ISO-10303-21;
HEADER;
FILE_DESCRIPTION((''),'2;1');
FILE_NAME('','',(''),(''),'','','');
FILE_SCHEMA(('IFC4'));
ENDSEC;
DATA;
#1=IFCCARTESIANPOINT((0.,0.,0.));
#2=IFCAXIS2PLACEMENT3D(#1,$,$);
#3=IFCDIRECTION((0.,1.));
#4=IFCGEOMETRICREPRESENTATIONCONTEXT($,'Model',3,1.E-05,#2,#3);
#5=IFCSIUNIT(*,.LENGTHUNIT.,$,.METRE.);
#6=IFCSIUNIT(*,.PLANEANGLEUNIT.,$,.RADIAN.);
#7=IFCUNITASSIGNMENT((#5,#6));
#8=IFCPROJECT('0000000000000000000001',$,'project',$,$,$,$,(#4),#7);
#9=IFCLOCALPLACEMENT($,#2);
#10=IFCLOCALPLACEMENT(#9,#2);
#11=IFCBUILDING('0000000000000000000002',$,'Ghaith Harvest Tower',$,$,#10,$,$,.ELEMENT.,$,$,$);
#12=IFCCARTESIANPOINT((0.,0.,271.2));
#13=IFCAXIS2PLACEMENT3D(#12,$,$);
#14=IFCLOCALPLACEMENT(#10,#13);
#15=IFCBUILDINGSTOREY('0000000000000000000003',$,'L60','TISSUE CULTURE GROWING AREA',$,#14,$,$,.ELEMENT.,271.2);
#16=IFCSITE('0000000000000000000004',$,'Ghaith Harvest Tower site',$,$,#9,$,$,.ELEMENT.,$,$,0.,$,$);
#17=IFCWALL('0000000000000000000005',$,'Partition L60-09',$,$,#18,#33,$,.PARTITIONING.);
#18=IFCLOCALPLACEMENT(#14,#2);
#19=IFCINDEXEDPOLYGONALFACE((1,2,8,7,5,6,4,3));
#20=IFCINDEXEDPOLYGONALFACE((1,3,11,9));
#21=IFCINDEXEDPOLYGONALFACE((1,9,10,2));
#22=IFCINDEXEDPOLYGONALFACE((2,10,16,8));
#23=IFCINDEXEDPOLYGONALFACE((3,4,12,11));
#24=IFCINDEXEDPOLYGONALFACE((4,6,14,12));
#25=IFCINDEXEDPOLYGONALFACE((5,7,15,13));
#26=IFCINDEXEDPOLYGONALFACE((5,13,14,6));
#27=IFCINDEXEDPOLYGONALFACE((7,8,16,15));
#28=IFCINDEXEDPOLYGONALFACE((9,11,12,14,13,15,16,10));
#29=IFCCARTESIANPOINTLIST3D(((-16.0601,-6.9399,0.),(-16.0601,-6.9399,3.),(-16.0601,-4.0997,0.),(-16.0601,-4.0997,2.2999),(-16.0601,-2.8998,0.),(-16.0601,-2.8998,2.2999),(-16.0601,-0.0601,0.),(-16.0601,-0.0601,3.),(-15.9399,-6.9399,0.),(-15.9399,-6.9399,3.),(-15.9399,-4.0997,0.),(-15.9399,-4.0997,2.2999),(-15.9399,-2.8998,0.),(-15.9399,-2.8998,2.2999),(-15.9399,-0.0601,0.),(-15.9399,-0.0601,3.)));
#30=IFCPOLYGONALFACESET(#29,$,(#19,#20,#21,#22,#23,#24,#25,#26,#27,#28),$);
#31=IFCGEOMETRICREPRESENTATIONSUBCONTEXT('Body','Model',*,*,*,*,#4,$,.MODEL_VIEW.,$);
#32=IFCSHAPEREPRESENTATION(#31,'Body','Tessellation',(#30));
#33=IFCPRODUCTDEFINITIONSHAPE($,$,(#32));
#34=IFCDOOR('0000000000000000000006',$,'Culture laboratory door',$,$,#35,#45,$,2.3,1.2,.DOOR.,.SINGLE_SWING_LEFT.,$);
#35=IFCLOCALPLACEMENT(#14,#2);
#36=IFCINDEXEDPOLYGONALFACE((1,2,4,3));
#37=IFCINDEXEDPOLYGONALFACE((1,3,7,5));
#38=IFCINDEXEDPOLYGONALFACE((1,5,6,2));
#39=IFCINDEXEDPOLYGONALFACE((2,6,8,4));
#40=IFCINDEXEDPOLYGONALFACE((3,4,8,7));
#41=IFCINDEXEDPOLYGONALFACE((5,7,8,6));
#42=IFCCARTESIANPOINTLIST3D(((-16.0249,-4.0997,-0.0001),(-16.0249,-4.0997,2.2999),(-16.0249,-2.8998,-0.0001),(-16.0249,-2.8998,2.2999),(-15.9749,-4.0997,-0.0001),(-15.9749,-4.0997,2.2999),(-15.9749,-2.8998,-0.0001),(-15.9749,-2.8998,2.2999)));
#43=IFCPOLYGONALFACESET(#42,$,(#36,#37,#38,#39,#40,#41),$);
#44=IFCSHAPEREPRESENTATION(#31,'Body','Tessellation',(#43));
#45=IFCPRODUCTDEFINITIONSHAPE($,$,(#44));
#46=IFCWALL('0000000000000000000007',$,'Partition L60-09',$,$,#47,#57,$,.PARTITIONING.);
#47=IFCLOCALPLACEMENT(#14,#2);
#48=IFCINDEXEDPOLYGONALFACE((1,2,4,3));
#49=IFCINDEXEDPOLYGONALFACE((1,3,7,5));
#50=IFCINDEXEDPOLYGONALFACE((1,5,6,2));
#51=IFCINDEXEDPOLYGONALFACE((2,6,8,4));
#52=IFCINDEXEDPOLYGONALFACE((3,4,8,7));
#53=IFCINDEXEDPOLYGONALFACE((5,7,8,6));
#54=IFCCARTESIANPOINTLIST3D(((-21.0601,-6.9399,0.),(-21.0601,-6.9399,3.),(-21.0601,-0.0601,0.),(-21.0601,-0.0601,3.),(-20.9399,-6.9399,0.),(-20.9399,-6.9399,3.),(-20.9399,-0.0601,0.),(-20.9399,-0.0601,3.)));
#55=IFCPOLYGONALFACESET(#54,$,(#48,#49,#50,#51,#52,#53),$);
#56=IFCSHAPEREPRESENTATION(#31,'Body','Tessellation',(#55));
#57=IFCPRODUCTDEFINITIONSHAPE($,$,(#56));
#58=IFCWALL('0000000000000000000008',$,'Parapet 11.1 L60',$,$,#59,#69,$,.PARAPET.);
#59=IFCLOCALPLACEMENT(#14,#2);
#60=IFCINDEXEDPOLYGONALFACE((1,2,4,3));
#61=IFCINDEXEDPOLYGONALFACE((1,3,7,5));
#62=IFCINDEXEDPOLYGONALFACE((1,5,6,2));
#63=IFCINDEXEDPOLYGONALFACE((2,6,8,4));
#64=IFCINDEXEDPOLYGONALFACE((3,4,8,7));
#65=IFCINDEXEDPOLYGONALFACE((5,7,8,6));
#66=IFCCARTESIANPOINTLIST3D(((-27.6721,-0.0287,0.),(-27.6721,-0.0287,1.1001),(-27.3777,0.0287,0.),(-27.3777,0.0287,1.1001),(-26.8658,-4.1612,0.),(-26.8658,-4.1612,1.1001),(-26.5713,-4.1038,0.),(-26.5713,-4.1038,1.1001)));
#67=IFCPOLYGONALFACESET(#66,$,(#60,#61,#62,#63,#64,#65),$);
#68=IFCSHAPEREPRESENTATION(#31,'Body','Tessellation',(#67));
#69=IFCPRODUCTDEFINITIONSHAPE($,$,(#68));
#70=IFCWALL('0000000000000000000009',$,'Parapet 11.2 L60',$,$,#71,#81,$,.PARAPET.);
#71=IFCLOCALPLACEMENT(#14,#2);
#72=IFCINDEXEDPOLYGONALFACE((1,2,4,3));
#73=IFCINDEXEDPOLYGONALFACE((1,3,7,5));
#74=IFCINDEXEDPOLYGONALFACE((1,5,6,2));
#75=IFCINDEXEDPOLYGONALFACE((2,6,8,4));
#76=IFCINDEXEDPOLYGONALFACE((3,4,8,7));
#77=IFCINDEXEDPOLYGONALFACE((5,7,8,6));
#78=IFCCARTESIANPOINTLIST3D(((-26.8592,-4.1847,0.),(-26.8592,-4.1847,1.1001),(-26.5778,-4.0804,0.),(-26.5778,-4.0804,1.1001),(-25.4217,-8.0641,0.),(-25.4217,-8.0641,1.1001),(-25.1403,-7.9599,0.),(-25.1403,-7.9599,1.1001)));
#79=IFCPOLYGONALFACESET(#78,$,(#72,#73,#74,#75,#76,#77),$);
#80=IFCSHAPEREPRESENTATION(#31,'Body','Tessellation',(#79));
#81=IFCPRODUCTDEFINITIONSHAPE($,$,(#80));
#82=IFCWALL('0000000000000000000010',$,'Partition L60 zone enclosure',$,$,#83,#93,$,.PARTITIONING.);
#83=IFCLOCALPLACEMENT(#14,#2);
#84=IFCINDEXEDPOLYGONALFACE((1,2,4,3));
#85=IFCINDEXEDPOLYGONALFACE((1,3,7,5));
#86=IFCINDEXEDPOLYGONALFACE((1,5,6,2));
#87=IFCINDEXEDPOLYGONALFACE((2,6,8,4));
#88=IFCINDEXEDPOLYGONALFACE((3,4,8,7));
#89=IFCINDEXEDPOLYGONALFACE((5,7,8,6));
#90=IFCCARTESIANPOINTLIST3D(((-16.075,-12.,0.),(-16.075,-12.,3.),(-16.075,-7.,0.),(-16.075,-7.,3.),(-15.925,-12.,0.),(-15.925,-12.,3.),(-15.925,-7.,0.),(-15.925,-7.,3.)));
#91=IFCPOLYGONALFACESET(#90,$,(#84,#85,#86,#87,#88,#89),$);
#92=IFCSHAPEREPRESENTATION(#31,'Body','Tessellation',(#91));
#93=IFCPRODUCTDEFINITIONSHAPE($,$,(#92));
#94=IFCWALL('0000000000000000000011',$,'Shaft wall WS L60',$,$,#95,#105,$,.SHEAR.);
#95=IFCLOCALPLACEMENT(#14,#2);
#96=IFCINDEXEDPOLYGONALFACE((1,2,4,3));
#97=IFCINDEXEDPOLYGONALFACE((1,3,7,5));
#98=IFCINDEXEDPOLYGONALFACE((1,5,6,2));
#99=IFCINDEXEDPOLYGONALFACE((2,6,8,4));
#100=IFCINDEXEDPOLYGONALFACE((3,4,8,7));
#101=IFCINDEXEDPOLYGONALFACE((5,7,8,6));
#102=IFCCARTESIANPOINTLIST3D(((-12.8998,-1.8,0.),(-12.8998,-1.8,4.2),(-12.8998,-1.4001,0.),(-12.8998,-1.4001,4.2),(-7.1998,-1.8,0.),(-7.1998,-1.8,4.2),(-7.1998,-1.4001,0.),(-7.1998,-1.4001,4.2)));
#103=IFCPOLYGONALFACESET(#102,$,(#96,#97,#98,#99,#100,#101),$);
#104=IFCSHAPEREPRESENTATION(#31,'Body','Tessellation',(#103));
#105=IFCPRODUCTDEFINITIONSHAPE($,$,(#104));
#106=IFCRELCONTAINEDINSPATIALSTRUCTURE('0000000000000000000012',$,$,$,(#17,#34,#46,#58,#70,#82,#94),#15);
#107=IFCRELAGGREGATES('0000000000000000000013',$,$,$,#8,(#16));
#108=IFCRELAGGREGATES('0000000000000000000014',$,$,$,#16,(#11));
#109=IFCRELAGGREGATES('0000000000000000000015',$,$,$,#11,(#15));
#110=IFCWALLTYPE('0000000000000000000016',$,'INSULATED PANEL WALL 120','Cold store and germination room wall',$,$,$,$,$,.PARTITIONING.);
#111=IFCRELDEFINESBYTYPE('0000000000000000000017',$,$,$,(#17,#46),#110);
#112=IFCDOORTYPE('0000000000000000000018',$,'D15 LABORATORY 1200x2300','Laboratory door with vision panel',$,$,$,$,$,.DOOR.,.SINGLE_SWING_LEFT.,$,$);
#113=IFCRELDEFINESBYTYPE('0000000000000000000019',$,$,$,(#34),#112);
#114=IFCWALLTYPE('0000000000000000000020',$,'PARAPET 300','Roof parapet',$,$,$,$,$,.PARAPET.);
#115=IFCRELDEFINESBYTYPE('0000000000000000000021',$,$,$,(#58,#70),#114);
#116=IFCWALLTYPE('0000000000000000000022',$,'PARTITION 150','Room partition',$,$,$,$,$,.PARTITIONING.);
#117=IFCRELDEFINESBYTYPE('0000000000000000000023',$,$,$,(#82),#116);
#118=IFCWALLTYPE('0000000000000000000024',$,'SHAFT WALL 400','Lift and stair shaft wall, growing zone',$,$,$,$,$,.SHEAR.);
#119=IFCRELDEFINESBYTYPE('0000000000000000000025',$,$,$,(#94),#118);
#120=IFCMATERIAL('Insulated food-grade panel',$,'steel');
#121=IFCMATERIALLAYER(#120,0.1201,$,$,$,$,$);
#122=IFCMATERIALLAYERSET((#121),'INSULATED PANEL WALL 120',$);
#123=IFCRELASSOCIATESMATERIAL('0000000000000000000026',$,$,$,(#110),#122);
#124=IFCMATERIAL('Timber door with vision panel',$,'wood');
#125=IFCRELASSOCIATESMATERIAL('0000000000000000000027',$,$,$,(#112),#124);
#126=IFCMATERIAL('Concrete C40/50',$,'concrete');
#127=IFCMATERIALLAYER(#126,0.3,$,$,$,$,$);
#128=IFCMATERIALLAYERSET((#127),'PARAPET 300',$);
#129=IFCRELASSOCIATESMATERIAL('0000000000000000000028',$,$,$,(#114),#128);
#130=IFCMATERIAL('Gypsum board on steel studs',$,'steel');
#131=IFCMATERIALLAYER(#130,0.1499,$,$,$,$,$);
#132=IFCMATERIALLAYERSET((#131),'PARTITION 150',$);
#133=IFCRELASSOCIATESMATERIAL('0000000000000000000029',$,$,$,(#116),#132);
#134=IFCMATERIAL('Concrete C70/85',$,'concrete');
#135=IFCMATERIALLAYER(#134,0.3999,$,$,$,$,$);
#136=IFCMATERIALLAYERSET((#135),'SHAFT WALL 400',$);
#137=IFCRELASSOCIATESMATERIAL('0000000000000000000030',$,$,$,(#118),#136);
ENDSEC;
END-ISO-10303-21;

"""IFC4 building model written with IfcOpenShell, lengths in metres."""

from ifc_helpers import new_model, si_unit, direction, frame, frame_2d, origin, place, context, subcontext, project, spatial, rectangle, extrude, material, layer, layer_set, type_object, element, fill, save


model = new_model("IFC4")

# Units and contexts
model_context = context("Model", 3, precision=1e-05, world=origin(), true_north=direction((0.0, 1.0)))
body_context = subcontext(model_context, "Body", "Model", "MODEL_VIEW")
ifc_project = project(units=[si_unit("LENGTHUNIT", "METRE"), si_unit("PLANEANGLEUNIT", "RADIAN")], contexts=[model_context])

# Site, building, storey
site_placement = place(None, origin())
site = spatial("IfcSite", under=ifc_project, at=site_placement, Name="Ghaith Harvest Tower site", CompositionType="ELEMENT", RefElevation=0.0)
building_placement = place(site_placement, origin())
building = spatial("IfcBuilding", under=site, at=building_placement, Name="Ghaith Harvest Tower", CompositionType="ELEMENT")
storey_placement = place(building_placement, frame((0.0, 0.0, 271.2)))
storey = spatial("IfcBuildingStorey", under=building, at=storey_placement, Name="L60", Description="TISSUE CULTURE GROWING AREA", CompositionType="ELEMENT", Elevation=271.2)

# Shared definitions
ifc_material_1 = material(Name="Insulated food-grade panel", Category="steel")
ifc_layer_1 = layer(ifc_material_1, 0.1201)
ifc_layer_set_1 = layer_set([ifc_layer_1], Name="INSULATED PANEL WALL 120")
wall_type_1 = type_object("IfcWallType", Name="INSULATED PANEL WALL 120", Description="Cold store and germination room wall", PredefinedType="PARTITIONING", material=ifc_layer_set_1)

# Wall, opening, door
wall_1_placement = place(storey_placement, frame((-16.0, -6.9399, 0.0), z_axis=(0.0, 0.0, 1.0), x_axis=(0.0, 1.0, 0.0)))
wall_1 = element("IfcWall", 1, at=wall_1_placement, inside=storey, type_object=wall_type_1, Name="Partition L60-09", PredefinedType="PARTITIONING", context=body_context, shape_type="SweptSolid", body=[
    extrude(rectangle(XDim=6.8799, YDim=0.1201, at=frame_2d((3.4399, 0.0))), origin(), (0.0, 0.0, 1.0), 3.0),
])
opening_placement = place(wall_1_placement, frame((2.8401, 0.0, 0.0)))
opening = element("IfcOpeningElement", 2, at=opening_placement, cuts=wall_1, PredefinedType="OPENING", context=body_context, shape_type="SweptSolid", body=[
    extrude(rectangle(XDim=1.2, YDim=2.3, at=frame_2d((0.6001, 1.1499))), frame((0.0, 0.0701, 0.0), z_axis=(0.0, -1.0, 0.0), x_axis=(1.0, 0.0, 0.0)), (0.0, 0.0, 1.0), 0.1401),
])
ifc_material_2 = material(Name="Timber door with vision panel", Category="wood")
door_type = type_object("IfcDoorType", Name="D15 LABORATORY 1200x2300", Description="Laboratory door with vision panel", OperationType="SINGLE_SWING_LEFT", PredefinedType="DOOR", material=ifc_material_2)
door_placement = place(opening_placement, origin())
door = element("IfcDoor", 3, at=door_placement, inside=storey, type_object=door_type, Name="Culture laboratory door", OperationType="SINGLE_SWING_LEFT", OverallHeight=2.3, OverallWidth=1.2, PredefinedType="DOOR", context=body_context, shape_type="SweptSolid", body=[
    extrude(rectangle(XDim=1.2, YDim=2.3, at=frame_2d((0.6001, 1.1499))), frame((0.0, 0.0249, 0.0), z_axis=(0.0, -1.0, 0.0), x_axis=(1.0, 0.0, 0.0)), (0.0, 0.0, 1.0), 0.05),
])
fill(opening, door)

# Walls
wall_2_placement = place(storey_placement, frame((-21.0, -6.9399, 0.0), z_axis=(0.0, 0.0, 1.0), x_axis=(0.0, 1.0, 0.0)))
element("IfcWall", 4, at=wall_2_placement, inside=storey, type_object=wall_type_1, Name="Partition L60-09", PredefinedType="PARTITIONING", context=body_context, shape_type="SweptSolid", body=[
    extrude(rectangle(XDim=6.8799, YDim=0.1201, at=frame_2d((3.4399, 0.0))), origin(), (0.0, 0.0, 1.0), 3.0),
])
ifc_material_3 = material(Name="Concrete C40/50", Category="concrete")
ifc_layer_2 = layer(ifc_material_3, 0.3)
ifc_layer_set_2 = layer_set([ifc_layer_2], Name="PARAPET 300")
wall_type_2 = type_object("IfcWallType", Name="PARAPET 300", Description="Roof parapet", PredefinedType="PARAPET", material=ifc_layer_set_2)
wall_3_placement = place(storey_placement, frame((-27.5249, 0.0, 0.0), z_axis=(0.0, 0.0, 1.0), x_axis=(0.19152, -0.981489, 0.0)))
element("IfcWall", 5, at=wall_3_placement, inside=storey, type_object=wall_type_2, Name="Parapet 11.1 L60", PredefinedType="PARAPET", context=body_context, shape_type="SweptSolid", body=[
    extrude(rectangle(XDim=4.2104, YDim=0.3, at=frame_2d((2.1052, 0.0))), origin(), (0.0, 0.0, 1.0), 1.1001),
])
wall_4_placement = place(storey_placement, frame((-26.7185, -4.1326, 0.0), z_axis=(0.0, 0.0, 1.0), x_axis=(0.34746, -0.937695, 0.0)))
element("IfcWall", 6, at=wall_4_placement, inside=storey, type_object=wall_type_2, Name="Parapet 11.2 L60", PredefinedType="PARAPET", context=body_context, shape_type="SweptSolid", body=[
    extrude(rectangle(XDim=4.1372, YDim=0.3, at=frame_2d((2.0686, 0.0))), origin(), (0.0, 0.0, 1.0), 1.1001),
])
ifc_material_4 = material(Name="Gypsum board on steel studs", Category="steel")
ifc_layer_3 = layer(ifc_material_4, 0.1499)
ifc_layer_set_3 = layer_set([ifc_layer_3], Name="PARTITION 150")
wall_type_3 = type_object("IfcWallType", Name="PARTITION 150", Description="Room partition", PredefinedType="PARTITIONING", material=ifc_layer_set_3)
wall_5_placement = place(storey_placement, frame((-16.0, -7.0, 0.0), z_axis=(0.0, 0.0, 1.0), x_axis=(0.0, -1.0, 0.0)))
element("IfcWall", 7, at=wall_5_placement, inside=storey, type_object=wall_type_3, Name="Partition L60 zone enclosure", PredefinedType="PARTITIONING", context=body_context, shape_type="SweptSolid", body=[
    extrude(rectangle(XDim=5.0, YDim=0.1499, at=frame_2d((2.5, 0.0))), origin(), (0.0, 0.0, 1.0), 3.0),
])
ifc_material_5 = material(Name="Concrete C70/85", Category="concrete")
ifc_layer_4 = layer(ifc_material_5, 0.3999)
ifc_layer_set_4 = layer_set([ifc_layer_4], Name="SHAFT WALL 400")
wall_type_4 = type_object("IfcWallType", Name="SHAFT WALL 400", Description="Lift and stair shaft wall, growing zone", PredefinedType="SHEAR", material=ifc_layer_set_4)
wall_6_placement = place(storey_placement, frame((-12.8999, -1.6001, 0.0), z_axis=(0.0, 0.0, 1.0), x_axis=(1.0, 0.0, 0.0)))
element("IfcWall", 8, at=wall_6_placement, inside=storey, type_object=wall_type_4, Name="Shaft wall WS L60", PredefinedType="SHEAR", context=body_context, shape_type="SweptSolid", body=[
    extrude(rectangle(XDim=5.7, YDim=0.3999, at=frame_2d((2.8501, 0.0))), origin(), (0.0, 0.0, 1.0), 4.2),
])

save(model, "model.ifc")
